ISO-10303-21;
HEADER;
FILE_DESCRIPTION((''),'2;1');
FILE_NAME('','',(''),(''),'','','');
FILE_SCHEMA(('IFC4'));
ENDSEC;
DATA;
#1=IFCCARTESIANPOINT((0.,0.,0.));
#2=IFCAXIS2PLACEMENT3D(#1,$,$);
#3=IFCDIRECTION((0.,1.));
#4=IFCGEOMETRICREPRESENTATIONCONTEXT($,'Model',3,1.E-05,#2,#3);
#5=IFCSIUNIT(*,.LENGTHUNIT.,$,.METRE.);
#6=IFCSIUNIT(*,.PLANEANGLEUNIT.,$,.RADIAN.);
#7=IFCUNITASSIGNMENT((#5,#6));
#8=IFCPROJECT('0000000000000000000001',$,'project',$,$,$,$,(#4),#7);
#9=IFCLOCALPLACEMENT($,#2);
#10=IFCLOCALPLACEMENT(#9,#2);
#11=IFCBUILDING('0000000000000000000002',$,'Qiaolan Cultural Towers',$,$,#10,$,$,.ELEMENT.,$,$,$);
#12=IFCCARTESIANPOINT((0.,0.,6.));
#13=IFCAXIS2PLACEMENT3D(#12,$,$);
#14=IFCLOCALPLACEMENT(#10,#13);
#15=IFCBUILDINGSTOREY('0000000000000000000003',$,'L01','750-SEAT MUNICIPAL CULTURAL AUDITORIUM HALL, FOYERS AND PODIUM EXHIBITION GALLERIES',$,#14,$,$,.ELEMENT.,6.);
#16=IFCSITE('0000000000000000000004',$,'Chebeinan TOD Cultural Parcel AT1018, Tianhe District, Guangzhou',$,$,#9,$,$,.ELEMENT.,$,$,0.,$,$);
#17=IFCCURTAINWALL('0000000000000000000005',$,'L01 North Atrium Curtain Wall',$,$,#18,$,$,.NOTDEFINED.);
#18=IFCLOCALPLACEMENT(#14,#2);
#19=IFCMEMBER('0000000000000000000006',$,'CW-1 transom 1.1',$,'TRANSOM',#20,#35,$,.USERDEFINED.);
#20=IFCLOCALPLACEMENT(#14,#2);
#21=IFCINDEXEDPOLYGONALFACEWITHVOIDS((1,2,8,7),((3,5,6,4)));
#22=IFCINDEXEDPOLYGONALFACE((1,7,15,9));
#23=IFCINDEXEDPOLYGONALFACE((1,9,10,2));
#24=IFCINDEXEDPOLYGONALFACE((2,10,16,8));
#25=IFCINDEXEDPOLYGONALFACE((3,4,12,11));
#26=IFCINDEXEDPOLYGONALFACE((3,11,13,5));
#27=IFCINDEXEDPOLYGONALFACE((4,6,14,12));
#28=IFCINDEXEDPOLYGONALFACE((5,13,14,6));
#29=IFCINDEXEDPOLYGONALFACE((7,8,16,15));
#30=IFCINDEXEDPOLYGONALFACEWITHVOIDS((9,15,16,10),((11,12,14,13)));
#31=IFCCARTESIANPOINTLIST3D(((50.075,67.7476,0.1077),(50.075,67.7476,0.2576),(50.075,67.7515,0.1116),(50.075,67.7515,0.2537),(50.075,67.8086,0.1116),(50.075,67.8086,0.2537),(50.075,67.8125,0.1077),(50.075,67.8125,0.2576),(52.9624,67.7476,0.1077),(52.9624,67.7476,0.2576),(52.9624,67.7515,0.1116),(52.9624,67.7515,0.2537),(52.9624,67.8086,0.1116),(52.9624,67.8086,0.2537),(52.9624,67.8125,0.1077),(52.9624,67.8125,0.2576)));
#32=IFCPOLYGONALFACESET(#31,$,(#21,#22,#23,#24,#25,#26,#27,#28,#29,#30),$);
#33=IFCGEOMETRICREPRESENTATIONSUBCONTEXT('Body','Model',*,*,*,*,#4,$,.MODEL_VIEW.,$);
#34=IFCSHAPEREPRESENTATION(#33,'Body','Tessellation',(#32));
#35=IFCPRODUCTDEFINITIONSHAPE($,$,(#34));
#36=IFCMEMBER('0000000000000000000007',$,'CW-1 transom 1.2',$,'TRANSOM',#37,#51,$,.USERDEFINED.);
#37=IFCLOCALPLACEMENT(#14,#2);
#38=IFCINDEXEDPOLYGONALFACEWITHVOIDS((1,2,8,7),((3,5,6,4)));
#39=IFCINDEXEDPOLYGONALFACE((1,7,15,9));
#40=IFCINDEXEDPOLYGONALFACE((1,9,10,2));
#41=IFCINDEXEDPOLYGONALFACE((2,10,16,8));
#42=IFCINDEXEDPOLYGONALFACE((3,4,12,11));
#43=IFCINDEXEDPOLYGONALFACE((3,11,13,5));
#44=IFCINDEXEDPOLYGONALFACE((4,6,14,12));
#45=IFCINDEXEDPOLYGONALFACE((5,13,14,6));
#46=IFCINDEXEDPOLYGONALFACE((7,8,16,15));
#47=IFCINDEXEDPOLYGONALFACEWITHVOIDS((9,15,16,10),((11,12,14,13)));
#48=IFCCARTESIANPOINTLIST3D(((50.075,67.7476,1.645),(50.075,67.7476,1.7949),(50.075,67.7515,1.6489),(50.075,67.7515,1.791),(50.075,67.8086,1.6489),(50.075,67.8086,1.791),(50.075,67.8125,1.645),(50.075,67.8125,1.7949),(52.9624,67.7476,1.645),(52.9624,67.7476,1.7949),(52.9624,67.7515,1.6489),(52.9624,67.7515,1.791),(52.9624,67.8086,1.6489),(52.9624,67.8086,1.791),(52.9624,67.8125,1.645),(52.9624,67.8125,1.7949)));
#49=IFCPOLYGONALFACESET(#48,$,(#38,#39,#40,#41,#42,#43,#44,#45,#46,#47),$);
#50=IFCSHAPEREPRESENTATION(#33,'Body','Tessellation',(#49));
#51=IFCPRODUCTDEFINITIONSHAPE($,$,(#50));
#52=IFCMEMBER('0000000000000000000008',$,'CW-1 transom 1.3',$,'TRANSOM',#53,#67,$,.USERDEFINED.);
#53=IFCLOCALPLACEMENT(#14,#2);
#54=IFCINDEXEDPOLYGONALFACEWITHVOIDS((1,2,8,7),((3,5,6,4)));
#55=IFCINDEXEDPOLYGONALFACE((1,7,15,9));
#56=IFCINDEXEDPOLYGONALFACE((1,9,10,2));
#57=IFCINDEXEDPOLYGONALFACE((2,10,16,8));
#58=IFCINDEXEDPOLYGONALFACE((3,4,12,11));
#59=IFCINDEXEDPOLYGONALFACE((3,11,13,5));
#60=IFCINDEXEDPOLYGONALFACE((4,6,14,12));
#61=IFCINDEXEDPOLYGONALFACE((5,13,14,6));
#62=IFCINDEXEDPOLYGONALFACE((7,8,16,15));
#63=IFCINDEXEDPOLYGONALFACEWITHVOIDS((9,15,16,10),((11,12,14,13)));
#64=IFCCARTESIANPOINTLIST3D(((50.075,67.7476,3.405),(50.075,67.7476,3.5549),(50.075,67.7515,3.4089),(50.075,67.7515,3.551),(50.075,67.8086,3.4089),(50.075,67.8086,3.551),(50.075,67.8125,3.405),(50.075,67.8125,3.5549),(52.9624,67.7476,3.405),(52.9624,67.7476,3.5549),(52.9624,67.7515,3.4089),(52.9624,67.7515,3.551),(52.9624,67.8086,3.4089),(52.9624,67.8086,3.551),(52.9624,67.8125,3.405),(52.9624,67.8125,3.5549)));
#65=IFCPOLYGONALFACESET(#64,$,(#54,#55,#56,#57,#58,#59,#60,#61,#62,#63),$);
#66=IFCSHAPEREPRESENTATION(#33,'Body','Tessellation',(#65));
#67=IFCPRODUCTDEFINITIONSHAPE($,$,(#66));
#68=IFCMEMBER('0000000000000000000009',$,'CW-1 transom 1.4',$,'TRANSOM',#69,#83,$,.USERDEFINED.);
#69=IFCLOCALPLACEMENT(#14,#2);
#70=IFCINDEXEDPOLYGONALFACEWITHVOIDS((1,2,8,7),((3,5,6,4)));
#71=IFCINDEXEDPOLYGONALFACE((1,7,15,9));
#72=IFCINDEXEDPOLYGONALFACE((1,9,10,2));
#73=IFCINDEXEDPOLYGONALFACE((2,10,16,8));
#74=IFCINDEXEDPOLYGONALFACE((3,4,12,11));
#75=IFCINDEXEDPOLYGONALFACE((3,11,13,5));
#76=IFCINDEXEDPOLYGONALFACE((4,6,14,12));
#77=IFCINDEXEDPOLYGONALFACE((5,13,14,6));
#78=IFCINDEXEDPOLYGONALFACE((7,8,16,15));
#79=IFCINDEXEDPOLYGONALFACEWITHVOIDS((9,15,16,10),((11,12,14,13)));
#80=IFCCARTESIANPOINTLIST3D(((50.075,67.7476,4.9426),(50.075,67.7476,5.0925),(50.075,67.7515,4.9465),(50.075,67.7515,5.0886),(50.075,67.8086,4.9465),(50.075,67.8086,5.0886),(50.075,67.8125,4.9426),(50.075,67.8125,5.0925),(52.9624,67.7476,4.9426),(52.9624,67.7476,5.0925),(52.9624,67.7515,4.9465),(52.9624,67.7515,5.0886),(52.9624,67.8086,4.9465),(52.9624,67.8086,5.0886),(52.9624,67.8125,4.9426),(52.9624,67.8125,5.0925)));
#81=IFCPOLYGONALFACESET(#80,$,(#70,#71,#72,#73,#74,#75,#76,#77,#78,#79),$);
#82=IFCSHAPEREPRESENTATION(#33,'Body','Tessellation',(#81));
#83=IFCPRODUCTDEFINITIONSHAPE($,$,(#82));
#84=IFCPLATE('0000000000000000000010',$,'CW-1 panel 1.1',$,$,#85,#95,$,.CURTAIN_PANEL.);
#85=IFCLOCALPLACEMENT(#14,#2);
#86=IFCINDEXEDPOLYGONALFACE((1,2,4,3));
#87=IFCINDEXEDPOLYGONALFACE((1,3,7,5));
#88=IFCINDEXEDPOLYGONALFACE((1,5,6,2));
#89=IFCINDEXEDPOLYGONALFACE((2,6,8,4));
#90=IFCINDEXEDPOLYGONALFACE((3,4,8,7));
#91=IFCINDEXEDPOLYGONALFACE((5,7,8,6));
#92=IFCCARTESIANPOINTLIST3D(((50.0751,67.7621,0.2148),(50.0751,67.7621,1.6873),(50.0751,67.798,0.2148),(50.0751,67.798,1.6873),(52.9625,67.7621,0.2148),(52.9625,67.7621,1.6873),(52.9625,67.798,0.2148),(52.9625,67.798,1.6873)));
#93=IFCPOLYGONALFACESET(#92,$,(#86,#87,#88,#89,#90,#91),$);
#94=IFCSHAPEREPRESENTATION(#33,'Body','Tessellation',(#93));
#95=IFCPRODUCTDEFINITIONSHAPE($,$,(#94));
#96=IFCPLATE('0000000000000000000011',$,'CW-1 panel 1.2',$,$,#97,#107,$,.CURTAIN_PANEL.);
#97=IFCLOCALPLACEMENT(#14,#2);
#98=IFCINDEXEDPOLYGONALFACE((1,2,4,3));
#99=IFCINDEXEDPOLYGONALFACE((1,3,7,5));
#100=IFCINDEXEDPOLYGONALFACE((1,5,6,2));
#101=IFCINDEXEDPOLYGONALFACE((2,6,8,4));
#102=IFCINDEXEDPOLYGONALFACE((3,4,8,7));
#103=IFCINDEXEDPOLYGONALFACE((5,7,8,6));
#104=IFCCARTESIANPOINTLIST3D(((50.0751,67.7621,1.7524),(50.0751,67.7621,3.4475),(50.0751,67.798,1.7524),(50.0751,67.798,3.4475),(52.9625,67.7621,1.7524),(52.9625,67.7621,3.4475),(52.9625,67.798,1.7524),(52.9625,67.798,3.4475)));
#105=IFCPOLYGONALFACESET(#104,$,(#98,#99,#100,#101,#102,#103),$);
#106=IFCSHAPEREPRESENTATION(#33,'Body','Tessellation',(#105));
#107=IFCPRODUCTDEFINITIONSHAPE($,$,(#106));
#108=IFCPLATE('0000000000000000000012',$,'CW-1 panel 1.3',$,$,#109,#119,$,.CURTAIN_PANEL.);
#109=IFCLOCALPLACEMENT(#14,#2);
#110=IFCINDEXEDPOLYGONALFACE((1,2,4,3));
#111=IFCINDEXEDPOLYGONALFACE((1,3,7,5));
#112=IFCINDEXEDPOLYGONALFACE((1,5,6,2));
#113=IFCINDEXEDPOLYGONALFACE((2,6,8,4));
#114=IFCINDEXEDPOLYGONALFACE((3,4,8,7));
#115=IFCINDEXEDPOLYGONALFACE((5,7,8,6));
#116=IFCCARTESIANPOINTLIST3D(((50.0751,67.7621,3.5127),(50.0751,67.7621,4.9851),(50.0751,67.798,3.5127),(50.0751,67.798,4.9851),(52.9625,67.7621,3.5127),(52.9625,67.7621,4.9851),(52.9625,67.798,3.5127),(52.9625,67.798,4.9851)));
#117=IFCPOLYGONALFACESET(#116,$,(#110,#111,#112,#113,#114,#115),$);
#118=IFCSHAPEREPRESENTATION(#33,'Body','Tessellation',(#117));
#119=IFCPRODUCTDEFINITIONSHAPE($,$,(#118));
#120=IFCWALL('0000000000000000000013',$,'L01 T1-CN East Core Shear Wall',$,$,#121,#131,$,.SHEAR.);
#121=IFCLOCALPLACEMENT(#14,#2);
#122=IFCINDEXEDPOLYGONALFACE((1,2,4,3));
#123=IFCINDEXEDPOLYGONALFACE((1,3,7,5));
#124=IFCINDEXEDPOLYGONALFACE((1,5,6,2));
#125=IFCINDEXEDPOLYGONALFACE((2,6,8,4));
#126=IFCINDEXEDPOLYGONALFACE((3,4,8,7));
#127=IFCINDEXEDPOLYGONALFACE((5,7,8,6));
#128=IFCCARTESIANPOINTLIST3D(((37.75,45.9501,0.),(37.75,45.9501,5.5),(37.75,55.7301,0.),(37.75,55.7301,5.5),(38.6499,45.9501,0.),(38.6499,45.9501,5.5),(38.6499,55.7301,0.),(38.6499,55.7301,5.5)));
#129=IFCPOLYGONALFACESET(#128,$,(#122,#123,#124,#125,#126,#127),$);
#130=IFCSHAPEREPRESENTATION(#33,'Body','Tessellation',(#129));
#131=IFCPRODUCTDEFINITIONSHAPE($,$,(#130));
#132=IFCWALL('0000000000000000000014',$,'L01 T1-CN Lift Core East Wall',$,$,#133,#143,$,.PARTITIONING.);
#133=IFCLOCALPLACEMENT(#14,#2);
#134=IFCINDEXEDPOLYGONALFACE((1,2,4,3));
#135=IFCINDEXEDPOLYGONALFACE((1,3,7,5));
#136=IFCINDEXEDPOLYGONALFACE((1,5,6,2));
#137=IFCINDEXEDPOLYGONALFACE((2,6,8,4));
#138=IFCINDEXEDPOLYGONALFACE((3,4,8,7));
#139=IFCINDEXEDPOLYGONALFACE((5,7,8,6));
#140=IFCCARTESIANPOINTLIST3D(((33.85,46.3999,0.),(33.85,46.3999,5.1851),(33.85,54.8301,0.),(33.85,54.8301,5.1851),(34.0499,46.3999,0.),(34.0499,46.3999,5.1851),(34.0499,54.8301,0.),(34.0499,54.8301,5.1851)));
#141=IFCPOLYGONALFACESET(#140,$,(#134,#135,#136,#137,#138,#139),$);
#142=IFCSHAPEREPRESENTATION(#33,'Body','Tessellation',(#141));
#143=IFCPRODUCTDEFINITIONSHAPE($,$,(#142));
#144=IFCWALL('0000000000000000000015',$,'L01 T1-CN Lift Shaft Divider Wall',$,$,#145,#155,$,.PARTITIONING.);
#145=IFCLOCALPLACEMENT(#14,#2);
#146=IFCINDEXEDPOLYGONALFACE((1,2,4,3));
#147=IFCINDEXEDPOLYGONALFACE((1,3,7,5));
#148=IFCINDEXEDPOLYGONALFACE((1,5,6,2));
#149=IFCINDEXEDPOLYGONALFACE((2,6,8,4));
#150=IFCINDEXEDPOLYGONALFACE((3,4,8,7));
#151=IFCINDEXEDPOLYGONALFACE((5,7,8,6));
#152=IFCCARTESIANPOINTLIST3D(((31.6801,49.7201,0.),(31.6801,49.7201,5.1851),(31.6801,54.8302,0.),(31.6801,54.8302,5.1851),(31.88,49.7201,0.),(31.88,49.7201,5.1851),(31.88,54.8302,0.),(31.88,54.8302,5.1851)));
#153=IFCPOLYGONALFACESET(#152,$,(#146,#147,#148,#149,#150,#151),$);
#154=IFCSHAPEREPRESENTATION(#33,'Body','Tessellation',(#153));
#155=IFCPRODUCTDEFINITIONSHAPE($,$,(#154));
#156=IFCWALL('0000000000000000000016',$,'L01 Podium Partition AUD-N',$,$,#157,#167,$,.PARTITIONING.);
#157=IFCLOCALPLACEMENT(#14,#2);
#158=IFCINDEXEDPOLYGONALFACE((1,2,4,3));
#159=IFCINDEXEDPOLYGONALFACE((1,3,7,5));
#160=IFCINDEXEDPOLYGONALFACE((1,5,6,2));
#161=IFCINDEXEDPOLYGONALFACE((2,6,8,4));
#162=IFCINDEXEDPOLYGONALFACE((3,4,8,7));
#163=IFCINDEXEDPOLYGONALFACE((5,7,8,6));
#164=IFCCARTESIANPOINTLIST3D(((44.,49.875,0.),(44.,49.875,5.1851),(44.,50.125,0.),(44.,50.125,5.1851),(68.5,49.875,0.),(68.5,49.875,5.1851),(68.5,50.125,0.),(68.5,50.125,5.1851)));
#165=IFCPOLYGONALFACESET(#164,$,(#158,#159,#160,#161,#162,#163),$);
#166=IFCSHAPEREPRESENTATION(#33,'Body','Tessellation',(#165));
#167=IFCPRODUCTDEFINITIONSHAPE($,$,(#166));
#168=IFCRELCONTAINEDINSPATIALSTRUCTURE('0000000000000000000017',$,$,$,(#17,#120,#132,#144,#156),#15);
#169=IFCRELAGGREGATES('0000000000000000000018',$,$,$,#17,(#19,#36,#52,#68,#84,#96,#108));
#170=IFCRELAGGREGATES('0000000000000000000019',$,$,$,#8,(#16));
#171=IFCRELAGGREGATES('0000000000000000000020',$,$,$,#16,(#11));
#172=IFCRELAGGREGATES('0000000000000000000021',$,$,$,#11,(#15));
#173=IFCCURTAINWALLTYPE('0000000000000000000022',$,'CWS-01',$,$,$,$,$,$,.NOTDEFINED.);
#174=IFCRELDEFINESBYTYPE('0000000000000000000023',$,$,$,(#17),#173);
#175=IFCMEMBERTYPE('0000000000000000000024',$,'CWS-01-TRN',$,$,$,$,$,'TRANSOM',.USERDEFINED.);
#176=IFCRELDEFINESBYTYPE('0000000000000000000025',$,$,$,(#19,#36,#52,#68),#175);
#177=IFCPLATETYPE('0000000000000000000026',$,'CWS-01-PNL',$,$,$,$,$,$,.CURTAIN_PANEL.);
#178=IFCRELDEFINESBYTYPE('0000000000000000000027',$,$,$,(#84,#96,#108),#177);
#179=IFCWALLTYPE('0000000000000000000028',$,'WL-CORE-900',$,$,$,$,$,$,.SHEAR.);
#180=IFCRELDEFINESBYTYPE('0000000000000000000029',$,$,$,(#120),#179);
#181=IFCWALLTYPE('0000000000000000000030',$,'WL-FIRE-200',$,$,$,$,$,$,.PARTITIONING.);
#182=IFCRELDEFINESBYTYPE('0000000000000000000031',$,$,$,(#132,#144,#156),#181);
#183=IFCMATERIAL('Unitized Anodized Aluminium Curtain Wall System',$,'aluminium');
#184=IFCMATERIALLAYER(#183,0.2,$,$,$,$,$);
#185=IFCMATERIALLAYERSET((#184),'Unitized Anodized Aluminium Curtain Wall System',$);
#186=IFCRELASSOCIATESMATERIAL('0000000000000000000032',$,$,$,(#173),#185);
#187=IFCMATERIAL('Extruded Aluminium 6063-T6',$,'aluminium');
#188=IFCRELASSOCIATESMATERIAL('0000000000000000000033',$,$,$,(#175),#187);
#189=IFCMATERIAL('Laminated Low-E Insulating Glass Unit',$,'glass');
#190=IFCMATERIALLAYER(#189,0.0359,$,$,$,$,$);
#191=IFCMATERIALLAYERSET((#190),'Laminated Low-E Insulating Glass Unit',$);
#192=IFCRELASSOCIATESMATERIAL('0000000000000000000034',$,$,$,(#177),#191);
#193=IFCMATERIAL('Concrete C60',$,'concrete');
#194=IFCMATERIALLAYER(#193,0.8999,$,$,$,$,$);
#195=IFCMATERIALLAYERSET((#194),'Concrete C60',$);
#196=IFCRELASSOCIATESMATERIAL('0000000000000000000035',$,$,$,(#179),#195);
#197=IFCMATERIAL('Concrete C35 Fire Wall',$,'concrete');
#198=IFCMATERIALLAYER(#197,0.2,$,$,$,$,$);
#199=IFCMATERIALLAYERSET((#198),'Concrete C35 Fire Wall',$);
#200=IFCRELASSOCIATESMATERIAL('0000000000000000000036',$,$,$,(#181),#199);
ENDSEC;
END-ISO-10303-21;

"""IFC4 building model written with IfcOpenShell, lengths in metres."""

from ifc_helpers import new_model, si_unit, direction, frame, frame_2d, origin, origin_2d, place, context, subcontext, project, spatial, rectangle, hollow_rectangle, extrude, material, layer, layer_set, material_profile, profile_set, type_object, element, aggregate, save


model = new_model("IFC4")

# Units and contexts
model_context = context("Model", 3, precision=1e-05, world=origin(), true_north=direction((0.0, 1.0)))
body_context = subcontext(model_context, "Body", "Model", "MODEL_VIEW")
ifc_project = project(units=[si_unit("LENGTHUNIT", "METRE"), si_unit("PLANEANGLEUNIT", "RADIAN")], contexts=[model_context])

# Site, building, storey
site_placement = place(None, origin())
site = spatial("IfcSite", under=ifc_project, at=site_placement, Name="Chebeinan TOD Cultural Parcel AT1018, Tianhe District, Guangzhou", CompositionType="ELEMENT", RefElevation=0.0)
building_placement = place(site_placement, origin())
building = spatial("IfcBuilding", under=site, at=building_placement, Name="Qiaolan Cultural Towers", CompositionType="ELEMENT")
storey_placement = place(building_placement, frame((0.0, 0.0, 6.0)))
storey = spatial("IfcBuildingStorey", under=building, at=storey_placement, Name="L01", Description="750-SEAT MUNICIPAL CULTURAL AUDITORIUM HALL, FOYERS AND PODIUM EXHIBITION GALLERIES", CompositionType="ELEMENT", Elevation=6.0)

# Curtain wall, members, plates
ifc_material_1 = material(Name="Unitized Anodized Aluminium Curtain Wall System", Category="aluminium")
ifc_layer_1 = layer(ifc_material_1, 0.2)
ifc_layer_set_1 = layer_set([ifc_layer_1], Name="Unitized Anodized Aluminium Curtain Wall System")
curtain_wall_type = type_object("IfcCurtainWallType", Name="CWS-01", PredefinedType="NOTDEFINED", material=ifc_layer_set_1)
curtain_wall_placement = place(storey_placement, origin())
curtain_wall = element("IfcCurtainWall", 1, at=curtain_wall_placement, inside=storey, type_object=curtain_wall_type, Name="L01 North Atrium Curtain Wall", PredefinedType="NOTDEFINED")
ifc_material_2 = material(Name="Extruded Aluminium 6063-T6", Category="aluminium")
ifc_material_profile_1 = material_profile(ifc_material_2, hollow_rectangle(XDim=0.0649, YDim=0.1499, WallThickness=0.0039, at=origin_2d()), Name="CWT-150x65x4")
ifc_profile_set_1 = profile_set([ifc_material_profile_1], Name="Extruded Aluminium 6063-T6")
member_type_1 = type_object("IfcMemberType", Name="CWS-01-TRN", ElementType="TRANSOM", PredefinedType="USERDEFINED", material=ifc_profile_set_1)
member_1_placement = place(storey_placement, frame((50.075, 67.78, 0.1826), z_axis=(1.0, 0.0, 0.0), x_axis=(0.0, 1.0, 0.0)))
member_1 = element("IfcMember", 2, at=member_1_placement, type_object=member_type_1, Name="CW-1 transom 1.1", ObjectType="TRANSOM", PredefinedType="USERDEFINED", context=body_context, shape_type="SweptSolid", body=[
    extrude(hollow_rectangle(XDim=0.0649, YDim=0.1499, WallThickness=0.0039, at=origin_2d()), origin(), (0.0, 0.0, 1.0), 2.8875),
])
member_2_placement = place(storey_placement, frame((50.075, 67.78, 1.72), z_axis=(1.0, 0.0, 0.0), x_axis=(0.0, 1.0, 0.0)))
member_2 = element("IfcMember", 3, at=member_2_placement, type_object=member_type_1, Name="CW-1 transom 1.2", ObjectType="TRANSOM", PredefinedType="USERDEFINED", context=body_context, shape_type="SweptSolid", body=[
    extrude(hollow_rectangle(XDim=0.0649, YDim=0.1499, WallThickness=0.0039, at=origin_2d()), origin(), (0.0, 0.0, 1.0), 2.8875),
])
member_3_placement = place(storey_placement, frame((50.075, 67.78, 3.48), z_axis=(1.0, 0.0, 0.0), x_axis=(0.0, 1.0, 0.0)))
member_3 = element("IfcMember", 4, at=member_3_placement, type_object=member_type_1, Name="CW-1 transom 1.3", ObjectType="TRANSOM", PredefinedType="USERDEFINED", context=body_context, shape_type="SweptSolid", body=[
    extrude(hollow_rectangle(XDim=0.0649, YDim=0.1499, WallThickness=0.0039, at=origin_2d()), origin(), (0.0, 0.0, 1.0), 2.8875),
])
member_4_placement = place(storey_placement, frame((50.075, 67.78, 5.0176), z_axis=(1.0, 0.0, 0.0), x_axis=(0.0, 1.0, 0.0)))
member_4 = element("IfcMember", 5, at=member_4_placement, type_object=member_type_1, Name="CW-1 transom 1.4", ObjectType="TRANSOM", PredefinedType="USERDEFINED", context=body_context, shape_type="SweptSolid", body=[
    extrude(hollow_rectangle(XDim=0.0649, YDim=0.1499, WallThickness=0.0039, at=origin_2d()), origin(), (0.0, 0.0, 1.0), 2.8875),
])
ifc_material_3 = material(Name="Laminated Low-E Insulating Glass Unit", Category="glass")
ifc_layer_2 = layer(ifc_material_3, 0.0359)
ifc_layer_set_2 = layer_set([ifc_layer_2], Name="Laminated Low-E Insulating Glass Unit")
plate_type = type_object("IfcPlateType", Name="CWS-01-PNL", PredefinedType="CURTAIN_PANEL", material=ifc_layer_set_2)
plate_1_placement = place(storey_placement, frame((51.5188, 67.78, 0.2148), z_axis=(0.0, 0.0, 1.0), x_axis=(1.0, 0.0, 0.0)))
plate_1 = element("IfcPlate", 6, at=plate_1_placement, type_object=plate_type, Name="CW-1 panel 1.1", PredefinedType="CURTAIN_PANEL", context=body_context, shape_type="SweptSolid", body=[
    extrude(rectangle(XDim=2.8875, YDim=0.0359, at=origin_2d()), origin(), (0.0, 0.0, 1.0), 1.4724),
])
plate_2_placement = place(storey_placement, frame((51.5188, 67.78, 1.7524), z_axis=(0.0, 0.0, 1.0), x_axis=(1.0, 0.0, 0.0)))
plate_2 = element("IfcPlate", 7, at=plate_2_placement, type_object=plate_type, Name="CW-1 panel 1.2", PredefinedType="CURTAIN_PANEL", context=body_context, shape_type="SweptSolid", body=[
    extrude(rectangle(XDim=2.8875, YDim=0.0359, at=origin_2d()), origin(), (0.0, 0.0, 1.0), 1.6951),
])
plate_3_placement = place(storey_placement, frame((51.5188, 67.78, 3.5127), z_axis=(0.0, 0.0, 1.0), x_axis=(1.0, 0.0, 0.0)))
plate_3 = element("IfcPlate", 8, at=plate_3_placement, type_object=plate_type, Name="CW-1 panel 1.3", PredefinedType="CURTAIN_PANEL", context=body_context, shape_type="SweptSolid", body=[
    extrude(rectangle(XDim=2.8875, YDim=0.0359, at=origin_2d()), origin(), (0.0, 0.0, 1.0), 1.4724),
])
aggregate(curtain_wall, [member_1, member_2, member_3, member_4, plate_1, plate_2, plate_3])

# Walls
ifc_material_4 = material(Name="Concrete C60", Category="concrete")
ifc_layer_3 = layer(ifc_material_4, 0.8999)
ifc_layer_set_3 = layer_set([ifc_layer_3], Name="Concrete C60")
wall_type_1 = type_object("IfcWallType", Name="WL-CORE-900", PredefinedType="SHEAR", material=ifc_layer_set_3)
wall_1_placement = place(storey_placement, frame((38.2, 45.95, 0.0), z_axis=(0.0, 0.0, 1.0), x_axis=(0.0, 1.0, 0.0)))
element("IfcWall", 9, at=wall_1_placement, inside=storey, type_object=wall_type_1, Name="L01 T1-CN East Core Shear Wall", PredefinedType="SHEAR", context=body_context, shape_type="SweptSolid", body=[
    extrude(rectangle(XDim=9.78, YDim=0.8999, at=frame_2d((4.8901, 0.0))), origin(), (0.0, 0.0, 1.0), 5.5),
])
ifc_material_5 = material(Name="Concrete C35 Fire Wall", Category="concrete")
ifc_layer_4 = layer(ifc_material_5, 0.2)
ifc_layer_set_4 = layer_set([ifc_layer_4], Name="Concrete C35 Fire Wall")
wall_type_2 = type_object("IfcWallType", Name="WL-FIRE-200", PredefinedType="PARTITIONING", material=ifc_layer_set_4)
wall_2_placement = place(storey_placement, frame((33.95, 46.3999, 0.0), z_axis=(0.0, 0.0, 1.0), x_axis=(0.0, 1.0, 0.0)))
element("IfcWall", 10, at=wall_2_placement, inside=storey, type_object=wall_type_2, Name="L01 T1-CN Lift Core East Wall", PredefinedType="PARTITIONING", context=body_context, shape_type="SweptSolid", body=[
    extrude(rectangle(XDim=8.4302, YDim=0.2, at=frame_2d((4.2151, 0.0))), origin(), (0.0, 0.0, 1.0), 5.1851),
])
wall_3_placement = place(storey_placement, frame((31.78, 49.72, 0.0), z_axis=(0.0, 0.0, 1.0), x_axis=(0.0, 1.0, 0.0)))
element("IfcWall", 11, at=wall_3_placement, inside=storey, type_object=wall_type_2, Name="L01 T1-CN Lift Shaft Divider Wall", PredefinedType="PARTITIONING", context=body_context, shape_type="SweptSolid", body=[
    extrude(rectangle(XDim=5.1101, YDim=0.2, at=frame_2d((2.5552, 0.0))), origin(), (0.0, 0.0, 1.0), 5.1851),
])
wall_4_placement = place(storey_placement, frame((44.0, 50.0, 0.0), z_axis=(0.0, 0.0, 1.0), x_axis=(1.0, 0.0, 0.0)))
element("IfcWall", 12, at=wall_4_placement, inside=storey, type_object=wall_type_2, Name="L01 Podium Partition AUD-N", PredefinedType="PARTITIONING", context=body_context, shape_type="SweptSolid", body=[
    extrude(rectangle(XDim=24.5, YDim=0.25, at=frame_2d((12.25, 0.0))), origin(), (0.0, 0.0, 1.0), 5.1851),
])

save(model, "model.ifc")
